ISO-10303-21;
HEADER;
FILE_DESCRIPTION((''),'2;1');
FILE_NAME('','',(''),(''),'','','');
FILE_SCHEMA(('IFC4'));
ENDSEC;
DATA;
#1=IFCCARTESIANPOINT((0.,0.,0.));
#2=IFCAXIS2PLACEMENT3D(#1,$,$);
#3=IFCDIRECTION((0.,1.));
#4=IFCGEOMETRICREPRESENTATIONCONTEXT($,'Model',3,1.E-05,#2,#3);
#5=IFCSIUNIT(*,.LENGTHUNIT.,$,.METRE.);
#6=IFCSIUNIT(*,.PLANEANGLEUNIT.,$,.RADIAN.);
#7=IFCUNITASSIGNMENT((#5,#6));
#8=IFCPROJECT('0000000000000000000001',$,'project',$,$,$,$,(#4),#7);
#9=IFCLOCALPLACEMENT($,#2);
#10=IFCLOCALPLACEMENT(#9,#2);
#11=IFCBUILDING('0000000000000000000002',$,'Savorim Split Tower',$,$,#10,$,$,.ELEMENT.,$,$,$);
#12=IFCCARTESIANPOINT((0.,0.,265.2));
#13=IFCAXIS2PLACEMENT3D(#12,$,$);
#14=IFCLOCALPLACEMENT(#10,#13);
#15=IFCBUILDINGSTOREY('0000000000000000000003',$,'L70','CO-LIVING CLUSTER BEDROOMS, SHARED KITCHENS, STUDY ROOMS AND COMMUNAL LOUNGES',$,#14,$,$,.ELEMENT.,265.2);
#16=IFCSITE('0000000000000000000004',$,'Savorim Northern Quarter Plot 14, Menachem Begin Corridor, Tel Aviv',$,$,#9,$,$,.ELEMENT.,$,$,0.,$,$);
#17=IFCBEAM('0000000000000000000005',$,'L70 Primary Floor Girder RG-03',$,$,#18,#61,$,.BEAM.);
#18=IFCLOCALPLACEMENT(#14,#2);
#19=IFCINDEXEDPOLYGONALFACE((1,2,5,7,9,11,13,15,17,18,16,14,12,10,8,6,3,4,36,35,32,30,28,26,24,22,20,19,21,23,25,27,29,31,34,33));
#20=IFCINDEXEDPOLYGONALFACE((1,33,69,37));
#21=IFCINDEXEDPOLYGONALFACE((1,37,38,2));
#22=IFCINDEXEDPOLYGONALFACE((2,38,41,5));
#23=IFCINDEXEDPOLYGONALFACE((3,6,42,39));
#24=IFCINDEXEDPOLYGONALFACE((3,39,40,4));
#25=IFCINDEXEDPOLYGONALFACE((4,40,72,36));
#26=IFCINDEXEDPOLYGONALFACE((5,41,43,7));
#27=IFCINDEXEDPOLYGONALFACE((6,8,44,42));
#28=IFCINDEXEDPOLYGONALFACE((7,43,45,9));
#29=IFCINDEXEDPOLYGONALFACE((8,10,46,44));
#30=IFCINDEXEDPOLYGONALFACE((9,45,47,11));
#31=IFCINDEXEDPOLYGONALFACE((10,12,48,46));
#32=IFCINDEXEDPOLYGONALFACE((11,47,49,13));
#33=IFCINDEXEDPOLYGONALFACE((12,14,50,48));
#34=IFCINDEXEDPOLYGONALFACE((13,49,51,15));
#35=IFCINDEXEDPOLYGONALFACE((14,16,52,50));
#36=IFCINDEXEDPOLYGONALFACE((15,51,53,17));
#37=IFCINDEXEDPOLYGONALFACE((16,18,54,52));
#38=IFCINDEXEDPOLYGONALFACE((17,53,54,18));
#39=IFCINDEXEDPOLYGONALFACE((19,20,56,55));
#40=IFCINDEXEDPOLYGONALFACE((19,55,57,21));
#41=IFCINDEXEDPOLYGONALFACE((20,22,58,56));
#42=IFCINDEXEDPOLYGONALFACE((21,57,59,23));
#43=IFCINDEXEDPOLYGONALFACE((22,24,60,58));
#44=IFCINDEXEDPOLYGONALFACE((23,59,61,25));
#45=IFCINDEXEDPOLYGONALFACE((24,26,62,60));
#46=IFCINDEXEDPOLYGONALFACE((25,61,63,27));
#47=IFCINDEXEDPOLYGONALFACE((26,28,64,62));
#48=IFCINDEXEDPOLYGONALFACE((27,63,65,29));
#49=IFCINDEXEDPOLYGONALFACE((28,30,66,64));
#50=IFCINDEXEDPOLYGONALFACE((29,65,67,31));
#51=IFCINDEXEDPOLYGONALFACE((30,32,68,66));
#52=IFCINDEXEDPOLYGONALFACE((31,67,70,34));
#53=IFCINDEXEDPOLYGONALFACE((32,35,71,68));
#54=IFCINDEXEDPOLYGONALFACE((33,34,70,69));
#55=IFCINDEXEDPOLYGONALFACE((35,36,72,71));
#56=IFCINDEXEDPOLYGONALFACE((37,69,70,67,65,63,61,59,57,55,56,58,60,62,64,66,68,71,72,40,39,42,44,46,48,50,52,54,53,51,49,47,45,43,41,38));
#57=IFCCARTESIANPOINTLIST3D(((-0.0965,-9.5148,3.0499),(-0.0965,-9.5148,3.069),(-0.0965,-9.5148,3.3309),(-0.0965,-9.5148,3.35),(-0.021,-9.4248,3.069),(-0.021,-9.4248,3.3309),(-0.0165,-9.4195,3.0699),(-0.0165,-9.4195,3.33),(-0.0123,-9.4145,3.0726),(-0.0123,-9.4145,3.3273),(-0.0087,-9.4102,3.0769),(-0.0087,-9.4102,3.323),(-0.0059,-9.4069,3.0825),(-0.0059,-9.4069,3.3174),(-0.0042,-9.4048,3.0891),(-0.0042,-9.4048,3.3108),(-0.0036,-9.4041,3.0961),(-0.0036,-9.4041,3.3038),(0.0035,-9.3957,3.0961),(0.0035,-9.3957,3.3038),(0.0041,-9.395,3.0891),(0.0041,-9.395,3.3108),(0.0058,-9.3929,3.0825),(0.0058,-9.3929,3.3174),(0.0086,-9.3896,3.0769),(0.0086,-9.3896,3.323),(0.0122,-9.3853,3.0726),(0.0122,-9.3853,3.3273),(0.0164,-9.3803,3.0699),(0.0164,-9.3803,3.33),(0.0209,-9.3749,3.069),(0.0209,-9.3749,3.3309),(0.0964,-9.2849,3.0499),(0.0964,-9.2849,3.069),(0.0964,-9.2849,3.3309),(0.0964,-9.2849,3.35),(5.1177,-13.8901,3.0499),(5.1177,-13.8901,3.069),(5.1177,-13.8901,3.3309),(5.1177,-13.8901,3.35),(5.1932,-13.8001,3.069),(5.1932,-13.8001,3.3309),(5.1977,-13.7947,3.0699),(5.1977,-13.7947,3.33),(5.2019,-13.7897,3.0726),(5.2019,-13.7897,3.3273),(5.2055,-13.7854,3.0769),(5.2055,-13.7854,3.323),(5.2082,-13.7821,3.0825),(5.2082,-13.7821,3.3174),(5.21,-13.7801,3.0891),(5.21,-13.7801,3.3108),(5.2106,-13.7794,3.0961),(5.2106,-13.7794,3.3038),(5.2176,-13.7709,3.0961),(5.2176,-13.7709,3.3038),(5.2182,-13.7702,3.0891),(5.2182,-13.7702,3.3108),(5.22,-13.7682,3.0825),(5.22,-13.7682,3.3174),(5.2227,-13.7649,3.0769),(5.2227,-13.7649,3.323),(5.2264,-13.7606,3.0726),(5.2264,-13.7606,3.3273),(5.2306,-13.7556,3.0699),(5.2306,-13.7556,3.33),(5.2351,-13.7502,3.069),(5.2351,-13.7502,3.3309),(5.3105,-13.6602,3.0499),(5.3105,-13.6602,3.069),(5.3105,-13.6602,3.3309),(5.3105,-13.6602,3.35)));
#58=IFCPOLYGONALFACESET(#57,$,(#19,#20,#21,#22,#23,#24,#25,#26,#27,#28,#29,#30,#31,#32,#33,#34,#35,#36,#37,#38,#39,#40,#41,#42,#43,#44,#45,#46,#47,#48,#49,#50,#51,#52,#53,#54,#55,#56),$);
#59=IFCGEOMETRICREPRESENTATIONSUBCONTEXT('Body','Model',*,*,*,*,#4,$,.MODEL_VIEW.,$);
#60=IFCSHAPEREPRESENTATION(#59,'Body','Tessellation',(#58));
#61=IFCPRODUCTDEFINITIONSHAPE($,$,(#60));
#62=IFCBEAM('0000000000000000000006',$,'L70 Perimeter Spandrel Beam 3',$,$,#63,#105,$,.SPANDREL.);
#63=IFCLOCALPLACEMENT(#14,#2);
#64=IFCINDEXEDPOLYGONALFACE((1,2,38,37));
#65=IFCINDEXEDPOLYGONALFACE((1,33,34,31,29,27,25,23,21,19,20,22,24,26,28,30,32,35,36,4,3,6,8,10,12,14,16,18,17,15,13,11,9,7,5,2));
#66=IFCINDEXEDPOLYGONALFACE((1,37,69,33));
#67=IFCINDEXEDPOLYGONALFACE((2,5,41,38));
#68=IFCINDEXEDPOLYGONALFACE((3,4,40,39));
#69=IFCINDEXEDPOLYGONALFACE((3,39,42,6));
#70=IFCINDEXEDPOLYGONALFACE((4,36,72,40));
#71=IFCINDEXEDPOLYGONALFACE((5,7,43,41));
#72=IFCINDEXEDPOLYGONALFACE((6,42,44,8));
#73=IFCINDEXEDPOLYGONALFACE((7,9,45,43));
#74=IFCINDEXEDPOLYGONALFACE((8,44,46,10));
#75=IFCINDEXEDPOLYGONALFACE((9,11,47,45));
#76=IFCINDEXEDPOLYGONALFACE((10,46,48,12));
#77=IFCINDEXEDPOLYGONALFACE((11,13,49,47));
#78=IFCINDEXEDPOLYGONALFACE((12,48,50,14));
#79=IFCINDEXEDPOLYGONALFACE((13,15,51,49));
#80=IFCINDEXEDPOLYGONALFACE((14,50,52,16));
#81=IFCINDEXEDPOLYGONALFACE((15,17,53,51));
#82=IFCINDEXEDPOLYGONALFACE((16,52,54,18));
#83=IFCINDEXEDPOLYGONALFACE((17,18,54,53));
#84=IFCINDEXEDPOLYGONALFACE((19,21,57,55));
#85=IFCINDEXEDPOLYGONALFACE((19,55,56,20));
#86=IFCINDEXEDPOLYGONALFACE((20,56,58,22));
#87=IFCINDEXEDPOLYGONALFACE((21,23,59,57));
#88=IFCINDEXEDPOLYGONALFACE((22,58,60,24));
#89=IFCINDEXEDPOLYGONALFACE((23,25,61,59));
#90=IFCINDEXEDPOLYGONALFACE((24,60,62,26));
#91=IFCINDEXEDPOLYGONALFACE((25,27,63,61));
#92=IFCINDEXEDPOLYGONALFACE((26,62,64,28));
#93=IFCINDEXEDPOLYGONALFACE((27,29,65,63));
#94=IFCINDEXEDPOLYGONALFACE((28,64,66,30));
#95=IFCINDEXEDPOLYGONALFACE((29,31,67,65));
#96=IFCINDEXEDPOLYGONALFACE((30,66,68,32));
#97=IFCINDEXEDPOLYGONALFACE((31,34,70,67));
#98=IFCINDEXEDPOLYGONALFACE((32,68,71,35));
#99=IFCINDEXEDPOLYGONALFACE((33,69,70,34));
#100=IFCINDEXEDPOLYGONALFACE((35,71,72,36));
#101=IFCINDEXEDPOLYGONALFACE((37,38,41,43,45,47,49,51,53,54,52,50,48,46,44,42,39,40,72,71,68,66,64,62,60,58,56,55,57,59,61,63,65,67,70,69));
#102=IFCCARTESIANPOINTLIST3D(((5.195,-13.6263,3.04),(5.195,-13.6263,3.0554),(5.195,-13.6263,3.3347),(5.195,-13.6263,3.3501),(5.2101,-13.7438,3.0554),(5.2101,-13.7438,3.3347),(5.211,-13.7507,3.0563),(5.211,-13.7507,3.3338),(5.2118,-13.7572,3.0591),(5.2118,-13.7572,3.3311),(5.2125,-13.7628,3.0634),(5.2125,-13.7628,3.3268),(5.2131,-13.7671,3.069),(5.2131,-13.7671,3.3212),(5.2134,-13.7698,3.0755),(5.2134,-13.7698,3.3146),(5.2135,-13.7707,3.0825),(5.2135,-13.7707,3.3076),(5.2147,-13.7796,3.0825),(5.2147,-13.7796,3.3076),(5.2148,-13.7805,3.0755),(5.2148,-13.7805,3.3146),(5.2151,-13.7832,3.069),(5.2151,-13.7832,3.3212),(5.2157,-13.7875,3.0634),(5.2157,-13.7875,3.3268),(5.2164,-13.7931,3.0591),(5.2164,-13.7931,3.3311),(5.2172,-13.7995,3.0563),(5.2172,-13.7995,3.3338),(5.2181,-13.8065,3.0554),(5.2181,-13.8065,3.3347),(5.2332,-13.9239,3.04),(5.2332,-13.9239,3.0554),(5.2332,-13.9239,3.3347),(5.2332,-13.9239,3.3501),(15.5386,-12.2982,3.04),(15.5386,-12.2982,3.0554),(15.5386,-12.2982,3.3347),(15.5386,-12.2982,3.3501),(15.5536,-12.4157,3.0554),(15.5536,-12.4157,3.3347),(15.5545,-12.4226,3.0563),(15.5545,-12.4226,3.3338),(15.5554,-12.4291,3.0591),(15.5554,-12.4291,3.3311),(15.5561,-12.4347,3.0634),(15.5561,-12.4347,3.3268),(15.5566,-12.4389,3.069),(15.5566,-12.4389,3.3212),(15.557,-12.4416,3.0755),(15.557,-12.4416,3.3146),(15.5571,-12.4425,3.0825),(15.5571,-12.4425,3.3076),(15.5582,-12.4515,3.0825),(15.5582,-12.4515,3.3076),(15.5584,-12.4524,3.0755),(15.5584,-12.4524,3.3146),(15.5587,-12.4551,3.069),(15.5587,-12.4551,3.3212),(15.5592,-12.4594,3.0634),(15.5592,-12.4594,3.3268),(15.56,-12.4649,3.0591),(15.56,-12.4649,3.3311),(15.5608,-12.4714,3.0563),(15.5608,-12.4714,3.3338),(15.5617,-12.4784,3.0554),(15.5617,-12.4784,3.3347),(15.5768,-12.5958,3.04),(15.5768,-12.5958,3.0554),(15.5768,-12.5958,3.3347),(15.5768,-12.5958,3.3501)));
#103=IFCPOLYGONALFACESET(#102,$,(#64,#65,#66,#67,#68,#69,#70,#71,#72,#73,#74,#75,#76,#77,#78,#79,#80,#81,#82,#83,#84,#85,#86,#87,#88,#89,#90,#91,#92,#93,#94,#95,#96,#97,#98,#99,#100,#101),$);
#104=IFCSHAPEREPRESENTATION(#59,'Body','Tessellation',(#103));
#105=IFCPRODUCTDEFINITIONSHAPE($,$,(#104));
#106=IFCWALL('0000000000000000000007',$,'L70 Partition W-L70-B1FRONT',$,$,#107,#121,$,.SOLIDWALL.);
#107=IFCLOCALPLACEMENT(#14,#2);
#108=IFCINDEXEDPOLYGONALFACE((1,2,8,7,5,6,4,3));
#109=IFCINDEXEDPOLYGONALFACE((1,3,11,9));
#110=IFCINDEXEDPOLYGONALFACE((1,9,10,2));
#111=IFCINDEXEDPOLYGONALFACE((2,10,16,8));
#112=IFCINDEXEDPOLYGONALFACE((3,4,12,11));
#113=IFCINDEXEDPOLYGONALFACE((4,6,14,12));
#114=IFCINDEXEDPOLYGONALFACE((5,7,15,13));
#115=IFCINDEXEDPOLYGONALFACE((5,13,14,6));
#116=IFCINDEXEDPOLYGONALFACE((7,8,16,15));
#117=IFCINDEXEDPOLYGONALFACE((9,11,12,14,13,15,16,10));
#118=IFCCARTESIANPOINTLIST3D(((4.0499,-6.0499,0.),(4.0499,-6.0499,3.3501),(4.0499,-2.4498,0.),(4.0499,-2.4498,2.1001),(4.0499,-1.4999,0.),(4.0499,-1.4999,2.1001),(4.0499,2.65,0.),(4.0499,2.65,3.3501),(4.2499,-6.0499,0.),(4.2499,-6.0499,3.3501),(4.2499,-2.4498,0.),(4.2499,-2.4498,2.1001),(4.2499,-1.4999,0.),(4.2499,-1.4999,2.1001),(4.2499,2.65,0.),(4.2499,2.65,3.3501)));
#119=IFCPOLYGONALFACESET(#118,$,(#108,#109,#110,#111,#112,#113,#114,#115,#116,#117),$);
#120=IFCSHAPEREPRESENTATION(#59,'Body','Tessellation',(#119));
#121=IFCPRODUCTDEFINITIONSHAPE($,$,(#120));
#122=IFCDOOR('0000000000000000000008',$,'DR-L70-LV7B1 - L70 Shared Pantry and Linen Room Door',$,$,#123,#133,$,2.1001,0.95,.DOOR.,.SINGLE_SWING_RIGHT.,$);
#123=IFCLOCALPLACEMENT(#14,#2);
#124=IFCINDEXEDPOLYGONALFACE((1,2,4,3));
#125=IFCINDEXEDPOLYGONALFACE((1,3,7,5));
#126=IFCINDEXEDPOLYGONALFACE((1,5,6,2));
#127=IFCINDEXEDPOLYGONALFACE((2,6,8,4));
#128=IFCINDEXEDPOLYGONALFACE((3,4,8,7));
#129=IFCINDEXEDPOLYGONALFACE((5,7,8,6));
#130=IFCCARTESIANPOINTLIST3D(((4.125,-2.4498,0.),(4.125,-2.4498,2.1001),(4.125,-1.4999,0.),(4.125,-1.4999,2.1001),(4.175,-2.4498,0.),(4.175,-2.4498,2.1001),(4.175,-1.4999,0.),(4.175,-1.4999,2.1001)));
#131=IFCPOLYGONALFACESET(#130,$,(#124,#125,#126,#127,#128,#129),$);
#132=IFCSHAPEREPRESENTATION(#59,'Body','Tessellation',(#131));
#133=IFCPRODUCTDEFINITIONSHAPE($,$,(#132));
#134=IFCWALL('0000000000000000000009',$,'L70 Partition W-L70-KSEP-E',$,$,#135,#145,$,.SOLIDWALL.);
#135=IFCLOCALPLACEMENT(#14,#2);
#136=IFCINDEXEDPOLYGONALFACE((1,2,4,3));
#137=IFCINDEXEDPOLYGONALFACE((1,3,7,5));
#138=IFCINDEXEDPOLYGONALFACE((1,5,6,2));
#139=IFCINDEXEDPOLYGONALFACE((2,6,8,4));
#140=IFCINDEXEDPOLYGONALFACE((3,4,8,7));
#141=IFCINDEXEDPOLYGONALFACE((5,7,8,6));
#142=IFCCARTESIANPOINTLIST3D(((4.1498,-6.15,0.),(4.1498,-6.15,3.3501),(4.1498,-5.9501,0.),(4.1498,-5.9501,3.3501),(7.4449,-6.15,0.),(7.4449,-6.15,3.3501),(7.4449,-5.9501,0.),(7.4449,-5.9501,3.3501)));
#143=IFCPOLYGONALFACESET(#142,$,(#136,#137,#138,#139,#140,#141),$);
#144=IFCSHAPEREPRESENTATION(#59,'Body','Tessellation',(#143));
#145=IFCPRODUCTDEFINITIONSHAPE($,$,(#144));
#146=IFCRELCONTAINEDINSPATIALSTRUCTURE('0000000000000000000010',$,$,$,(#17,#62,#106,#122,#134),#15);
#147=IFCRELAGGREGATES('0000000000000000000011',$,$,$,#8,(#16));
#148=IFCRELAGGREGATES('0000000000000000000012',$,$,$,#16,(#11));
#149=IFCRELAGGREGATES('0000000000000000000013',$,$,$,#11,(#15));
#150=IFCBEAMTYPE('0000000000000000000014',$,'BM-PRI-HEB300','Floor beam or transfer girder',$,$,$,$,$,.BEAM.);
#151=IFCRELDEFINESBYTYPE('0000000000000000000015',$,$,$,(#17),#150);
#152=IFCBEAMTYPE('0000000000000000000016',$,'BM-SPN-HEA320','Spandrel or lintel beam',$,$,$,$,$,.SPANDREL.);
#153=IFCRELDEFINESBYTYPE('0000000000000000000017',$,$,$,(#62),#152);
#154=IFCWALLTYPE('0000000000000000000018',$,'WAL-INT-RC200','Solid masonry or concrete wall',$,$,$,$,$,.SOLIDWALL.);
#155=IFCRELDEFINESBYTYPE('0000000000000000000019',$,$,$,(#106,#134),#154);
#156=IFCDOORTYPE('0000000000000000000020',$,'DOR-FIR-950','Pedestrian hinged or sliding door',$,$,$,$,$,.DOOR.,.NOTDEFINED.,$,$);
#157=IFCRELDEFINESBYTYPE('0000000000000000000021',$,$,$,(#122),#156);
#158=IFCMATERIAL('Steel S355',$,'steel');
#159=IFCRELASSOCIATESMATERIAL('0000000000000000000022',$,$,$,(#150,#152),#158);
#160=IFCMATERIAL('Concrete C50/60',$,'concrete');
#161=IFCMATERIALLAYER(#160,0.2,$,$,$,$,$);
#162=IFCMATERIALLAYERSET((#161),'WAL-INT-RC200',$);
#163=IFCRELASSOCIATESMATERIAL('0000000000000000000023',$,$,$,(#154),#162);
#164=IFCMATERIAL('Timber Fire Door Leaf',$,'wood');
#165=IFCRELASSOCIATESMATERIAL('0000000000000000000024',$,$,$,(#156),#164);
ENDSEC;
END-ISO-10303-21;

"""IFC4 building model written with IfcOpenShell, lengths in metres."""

from ifc_helpers import new_model, si_unit, direction, frame, frame_2d, origin, origin_2d, place, context, subcontext, project, spatial, rectangle, i_section, extrude, material, layer, layer_set, material_profile, profile_set, type_object, element, fill, save


model = new_model("IFC4")

# Units and contexts
model_context = context("Model", 3, precision=1e-05, world=origin(), true_north=direction((0.0, 1.0)))
body_context = subcontext(model_context, "Body", "Model", "MODEL_VIEW")
ifc_project = project(units=[si_unit("LENGTHUNIT", "METRE"), si_unit("PLANEANGLEUNIT", "RADIAN")], contexts=[model_context])

# Site, building, storey
site_placement = place(None, origin())
site = spatial("IfcSite", under=ifc_project, at=site_placement, Name="Savorim Northern Quarter Plot 14, Menachem Begin Corridor, Tel Aviv", CompositionType="ELEMENT", RefElevation=0.0)
building_placement = place(site_placement, origin())
building = spatial("IfcBuilding", under=site, at=building_placement, Name="Savorim Split Tower", CompositionType="ELEMENT")
storey_placement = place(building_placement, frame((0.0, 0.0, 265.2)))
storey = spatial("IfcBuildingStorey", under=building, at=storey_placement, Name="L70", Description="CO-LIVING CLUSTER BEDROOMS, SHARED KITCHENS, STUDY ROOMS AND COMMUNAL LOUNGES", CompositionType="ELEMENT", Elevation=265.2)

# Shared definitions
ifc_material_1 = material(Name="Steel S355", Category="steel")

# Beams
ifc_material_profile_1 = material_profile(ifc_material_1, i_section(OverallWidth=0.3, OverallDepth=0.3, WebThickness=0.011, FlangeThickness=0.019, FilletRadius=0.0271, at=origin_2d()), Name="HEB 300")
ifc_profile_set_1 = profile_set([ifc_material_profile_1], Name="Steel S355")
beam_type_1 = type_object("IfcBeamType", Name="BM-PRI-HEB300", Description="Floor beam or transfer girder", PredefinedType="BEAM", material=ifc_profile_set_1)
beam_1_placement = place(storey_placement, frame((5.2141, -13.7751, 3.2), z_axis=(-0.766038, 0.642795, 0.0), x_axis=(-0.642795, -0.766038, 0.0)))
element("IfcBeam", 1, at=beam_1_placement, inside=storey, type_object=beam_type_1, Name="L70 Primary Floor Girder RG-03", PredefinedType="BEAM", context=body_context, shape_type="SweptSolid", body=[
    extrude(i_section(OverallWidth=0.3, OverallDepth=0.3, WebThickness=0.011, FlangeThickness=0.019, FilletRadius=0.0271, at=origin_2d()), origin(), (0.0, 0.0, 1.0), 6.8066),
])
ifc_material_profile_2 = material_profile(ifc_material_1, i_section(OverallWidth=0.3, OverallDepth=0.3101, WebThickness=0.009, FlangeThickness=0.0154, FilletRadius=0.0271, at=origin_2d()), Name="HEA 320")
ifc_profile_set_2 = profile_set([ifc_material_profile_2], Name="Steel S355")
beam_type_2 = type_object("IfcBeamType", Name="BM-SPN-HEA320", Description="Spandrel or lintel beam", PredefinedType="SPANDREL", material=ifc_profile_set_2)
beam_2_placement = place(storey_placement, frame((5.2141, -13.7751, 3.1951), z_axis=(0.991857, 0.127356, 0.0), x_axis=(-0.127356, 0.991857, 0.0)))
element("IfcBeam", 2, at=beam_2_placement, inside=storey, type_object=beam_type_2, Name="L70 Perimeter Spandrel Beam 3", PredefinedType="SPANDREL", context=body_context, shape_type="SweptSolid", body=[
    extrude(i_section(OverallWidth=0.3, OverallDepth=0.3101, WebThickness=0.009, FlangeThickness=0.0154, FilletRadius=0.0271, at=origin_2d()), origin(), (0.0, 0.0, 1.0), 10.4285),
])

# Wall, opening, door
ifc_material_2 = material(Name="Concrete C50/60", Category="concrete")
ifc_layer_1 = layer(ifc_material_2, 0.2)
ifc_layer_set_1 = layer_set([ifc_layer_1], Name="WAL-INT-RC200")
wall_type_1 = type_object("IfcWallType", Name="WAL-INT-RC200", Description="Solid masonry or concrete wall", PredefinedType="SOLIDWALL", material=ifc_layer_set_1)
wall_1_placement = place(storey_placement, frame((4.1499, -6.05, 0.0), z_axis=(0.0, 0.0, 1.0), x_axis=(0.0, 1.0, 0.0)))
wall_1 = element("IfcWall", 3, at=wall_1_placement, inside=storey, type_object=wall_type_1, Name="L70 Partition W-L70-B1FRONT", PredefinedType="SOLIDWALL", context=body_context, shape_type="SweptSolid", body=[
    extrude(rectangle(XDim=8.7, YDim=0.2, at=frame_2d((4.3501, 0.0))), origin(), (0.0, 0.0, 1.0), 3.3501),
])
opening_1_placement = place(wall_1_placement, frame((3.6001, 0.0, 0.0)))
opening_1 = element("IfcOpeningElement", 4, at=opening_1_placement, cuts=wall_1, PredefinedType="OPENING", context=body_context, shape_type="SweptSolid", body=[
    extrude(rectangle(XDim=0.95, YDim=2.1001, at=frame_2d((0.4751, 1.05))), frame((0.0, 0.1099, 0.0), z_axis=(0.0, -1.0, 0.0), x_axis=(1.0, 0.0, 0.0)), (0.0, 0.0, 1.0), 0.22),
])
ifc_material_3 = material(Name="Timber Fire Door Leaf", Category="wood")
door_type_1 = type_object("IfcDoorType", Name="DOR-FIR-950", Description="Pedestrian hinged or sliding door", OperationType="NOTDEFINED", PredefinedType="DOOR", material=ifc_material_3)
door_1_placement = place(opening_1_placement, origin())
door_1 = element("IfcDoor", 5, at=door_1_placement, inside=storey, type_object=door_type_1, Name="DR-L70-LV7B1 - L70 Shared Pantry and Linen Room Door", OperationType="SINGLE_SWING_RIGHT", OverallHeight=2.1001, OverallWidth=0.95, PredefinedType="DOOR", context=body_context, shape_type="SweptSolid", body=[
    extrude(rectangle(XDim=0.95, YDim=2.1001, at=frame_2d((0.4751, 1.05))), frame((0.0, 0.0249, 0.0), z_axis=(0.0, -1.0, 0.0), x_axis=(1.0, 0.0, 0.0)), (0.0, 0.0, 1.0), 0.05),
])
fill(opening_1, door_1)

# Wall
wall_2_placement = place(storey_placement, frame((4.1499, -6.05, 0.0), z_axis=(0.0, 0.0, 1.0), x_axis=(1.0, 0.0, 0.0)))
element("IfcWall", 6, at=wall_2_placement, inside=storey, type_object=wall_type_1, Name="L70 Partition W-L70-KSEP-E", PredefinedType="SOLIDWALL", context=body_context, shape_type="SweptSolid", body=[
    extrude(rectangle(XDim=3.2952, YDim=0.2, at=frame_2d((1.6475, 0.0))), origin(), (0.0, 0.0, 1.0), 3.3501),
])

save(model, "model.ifc")
